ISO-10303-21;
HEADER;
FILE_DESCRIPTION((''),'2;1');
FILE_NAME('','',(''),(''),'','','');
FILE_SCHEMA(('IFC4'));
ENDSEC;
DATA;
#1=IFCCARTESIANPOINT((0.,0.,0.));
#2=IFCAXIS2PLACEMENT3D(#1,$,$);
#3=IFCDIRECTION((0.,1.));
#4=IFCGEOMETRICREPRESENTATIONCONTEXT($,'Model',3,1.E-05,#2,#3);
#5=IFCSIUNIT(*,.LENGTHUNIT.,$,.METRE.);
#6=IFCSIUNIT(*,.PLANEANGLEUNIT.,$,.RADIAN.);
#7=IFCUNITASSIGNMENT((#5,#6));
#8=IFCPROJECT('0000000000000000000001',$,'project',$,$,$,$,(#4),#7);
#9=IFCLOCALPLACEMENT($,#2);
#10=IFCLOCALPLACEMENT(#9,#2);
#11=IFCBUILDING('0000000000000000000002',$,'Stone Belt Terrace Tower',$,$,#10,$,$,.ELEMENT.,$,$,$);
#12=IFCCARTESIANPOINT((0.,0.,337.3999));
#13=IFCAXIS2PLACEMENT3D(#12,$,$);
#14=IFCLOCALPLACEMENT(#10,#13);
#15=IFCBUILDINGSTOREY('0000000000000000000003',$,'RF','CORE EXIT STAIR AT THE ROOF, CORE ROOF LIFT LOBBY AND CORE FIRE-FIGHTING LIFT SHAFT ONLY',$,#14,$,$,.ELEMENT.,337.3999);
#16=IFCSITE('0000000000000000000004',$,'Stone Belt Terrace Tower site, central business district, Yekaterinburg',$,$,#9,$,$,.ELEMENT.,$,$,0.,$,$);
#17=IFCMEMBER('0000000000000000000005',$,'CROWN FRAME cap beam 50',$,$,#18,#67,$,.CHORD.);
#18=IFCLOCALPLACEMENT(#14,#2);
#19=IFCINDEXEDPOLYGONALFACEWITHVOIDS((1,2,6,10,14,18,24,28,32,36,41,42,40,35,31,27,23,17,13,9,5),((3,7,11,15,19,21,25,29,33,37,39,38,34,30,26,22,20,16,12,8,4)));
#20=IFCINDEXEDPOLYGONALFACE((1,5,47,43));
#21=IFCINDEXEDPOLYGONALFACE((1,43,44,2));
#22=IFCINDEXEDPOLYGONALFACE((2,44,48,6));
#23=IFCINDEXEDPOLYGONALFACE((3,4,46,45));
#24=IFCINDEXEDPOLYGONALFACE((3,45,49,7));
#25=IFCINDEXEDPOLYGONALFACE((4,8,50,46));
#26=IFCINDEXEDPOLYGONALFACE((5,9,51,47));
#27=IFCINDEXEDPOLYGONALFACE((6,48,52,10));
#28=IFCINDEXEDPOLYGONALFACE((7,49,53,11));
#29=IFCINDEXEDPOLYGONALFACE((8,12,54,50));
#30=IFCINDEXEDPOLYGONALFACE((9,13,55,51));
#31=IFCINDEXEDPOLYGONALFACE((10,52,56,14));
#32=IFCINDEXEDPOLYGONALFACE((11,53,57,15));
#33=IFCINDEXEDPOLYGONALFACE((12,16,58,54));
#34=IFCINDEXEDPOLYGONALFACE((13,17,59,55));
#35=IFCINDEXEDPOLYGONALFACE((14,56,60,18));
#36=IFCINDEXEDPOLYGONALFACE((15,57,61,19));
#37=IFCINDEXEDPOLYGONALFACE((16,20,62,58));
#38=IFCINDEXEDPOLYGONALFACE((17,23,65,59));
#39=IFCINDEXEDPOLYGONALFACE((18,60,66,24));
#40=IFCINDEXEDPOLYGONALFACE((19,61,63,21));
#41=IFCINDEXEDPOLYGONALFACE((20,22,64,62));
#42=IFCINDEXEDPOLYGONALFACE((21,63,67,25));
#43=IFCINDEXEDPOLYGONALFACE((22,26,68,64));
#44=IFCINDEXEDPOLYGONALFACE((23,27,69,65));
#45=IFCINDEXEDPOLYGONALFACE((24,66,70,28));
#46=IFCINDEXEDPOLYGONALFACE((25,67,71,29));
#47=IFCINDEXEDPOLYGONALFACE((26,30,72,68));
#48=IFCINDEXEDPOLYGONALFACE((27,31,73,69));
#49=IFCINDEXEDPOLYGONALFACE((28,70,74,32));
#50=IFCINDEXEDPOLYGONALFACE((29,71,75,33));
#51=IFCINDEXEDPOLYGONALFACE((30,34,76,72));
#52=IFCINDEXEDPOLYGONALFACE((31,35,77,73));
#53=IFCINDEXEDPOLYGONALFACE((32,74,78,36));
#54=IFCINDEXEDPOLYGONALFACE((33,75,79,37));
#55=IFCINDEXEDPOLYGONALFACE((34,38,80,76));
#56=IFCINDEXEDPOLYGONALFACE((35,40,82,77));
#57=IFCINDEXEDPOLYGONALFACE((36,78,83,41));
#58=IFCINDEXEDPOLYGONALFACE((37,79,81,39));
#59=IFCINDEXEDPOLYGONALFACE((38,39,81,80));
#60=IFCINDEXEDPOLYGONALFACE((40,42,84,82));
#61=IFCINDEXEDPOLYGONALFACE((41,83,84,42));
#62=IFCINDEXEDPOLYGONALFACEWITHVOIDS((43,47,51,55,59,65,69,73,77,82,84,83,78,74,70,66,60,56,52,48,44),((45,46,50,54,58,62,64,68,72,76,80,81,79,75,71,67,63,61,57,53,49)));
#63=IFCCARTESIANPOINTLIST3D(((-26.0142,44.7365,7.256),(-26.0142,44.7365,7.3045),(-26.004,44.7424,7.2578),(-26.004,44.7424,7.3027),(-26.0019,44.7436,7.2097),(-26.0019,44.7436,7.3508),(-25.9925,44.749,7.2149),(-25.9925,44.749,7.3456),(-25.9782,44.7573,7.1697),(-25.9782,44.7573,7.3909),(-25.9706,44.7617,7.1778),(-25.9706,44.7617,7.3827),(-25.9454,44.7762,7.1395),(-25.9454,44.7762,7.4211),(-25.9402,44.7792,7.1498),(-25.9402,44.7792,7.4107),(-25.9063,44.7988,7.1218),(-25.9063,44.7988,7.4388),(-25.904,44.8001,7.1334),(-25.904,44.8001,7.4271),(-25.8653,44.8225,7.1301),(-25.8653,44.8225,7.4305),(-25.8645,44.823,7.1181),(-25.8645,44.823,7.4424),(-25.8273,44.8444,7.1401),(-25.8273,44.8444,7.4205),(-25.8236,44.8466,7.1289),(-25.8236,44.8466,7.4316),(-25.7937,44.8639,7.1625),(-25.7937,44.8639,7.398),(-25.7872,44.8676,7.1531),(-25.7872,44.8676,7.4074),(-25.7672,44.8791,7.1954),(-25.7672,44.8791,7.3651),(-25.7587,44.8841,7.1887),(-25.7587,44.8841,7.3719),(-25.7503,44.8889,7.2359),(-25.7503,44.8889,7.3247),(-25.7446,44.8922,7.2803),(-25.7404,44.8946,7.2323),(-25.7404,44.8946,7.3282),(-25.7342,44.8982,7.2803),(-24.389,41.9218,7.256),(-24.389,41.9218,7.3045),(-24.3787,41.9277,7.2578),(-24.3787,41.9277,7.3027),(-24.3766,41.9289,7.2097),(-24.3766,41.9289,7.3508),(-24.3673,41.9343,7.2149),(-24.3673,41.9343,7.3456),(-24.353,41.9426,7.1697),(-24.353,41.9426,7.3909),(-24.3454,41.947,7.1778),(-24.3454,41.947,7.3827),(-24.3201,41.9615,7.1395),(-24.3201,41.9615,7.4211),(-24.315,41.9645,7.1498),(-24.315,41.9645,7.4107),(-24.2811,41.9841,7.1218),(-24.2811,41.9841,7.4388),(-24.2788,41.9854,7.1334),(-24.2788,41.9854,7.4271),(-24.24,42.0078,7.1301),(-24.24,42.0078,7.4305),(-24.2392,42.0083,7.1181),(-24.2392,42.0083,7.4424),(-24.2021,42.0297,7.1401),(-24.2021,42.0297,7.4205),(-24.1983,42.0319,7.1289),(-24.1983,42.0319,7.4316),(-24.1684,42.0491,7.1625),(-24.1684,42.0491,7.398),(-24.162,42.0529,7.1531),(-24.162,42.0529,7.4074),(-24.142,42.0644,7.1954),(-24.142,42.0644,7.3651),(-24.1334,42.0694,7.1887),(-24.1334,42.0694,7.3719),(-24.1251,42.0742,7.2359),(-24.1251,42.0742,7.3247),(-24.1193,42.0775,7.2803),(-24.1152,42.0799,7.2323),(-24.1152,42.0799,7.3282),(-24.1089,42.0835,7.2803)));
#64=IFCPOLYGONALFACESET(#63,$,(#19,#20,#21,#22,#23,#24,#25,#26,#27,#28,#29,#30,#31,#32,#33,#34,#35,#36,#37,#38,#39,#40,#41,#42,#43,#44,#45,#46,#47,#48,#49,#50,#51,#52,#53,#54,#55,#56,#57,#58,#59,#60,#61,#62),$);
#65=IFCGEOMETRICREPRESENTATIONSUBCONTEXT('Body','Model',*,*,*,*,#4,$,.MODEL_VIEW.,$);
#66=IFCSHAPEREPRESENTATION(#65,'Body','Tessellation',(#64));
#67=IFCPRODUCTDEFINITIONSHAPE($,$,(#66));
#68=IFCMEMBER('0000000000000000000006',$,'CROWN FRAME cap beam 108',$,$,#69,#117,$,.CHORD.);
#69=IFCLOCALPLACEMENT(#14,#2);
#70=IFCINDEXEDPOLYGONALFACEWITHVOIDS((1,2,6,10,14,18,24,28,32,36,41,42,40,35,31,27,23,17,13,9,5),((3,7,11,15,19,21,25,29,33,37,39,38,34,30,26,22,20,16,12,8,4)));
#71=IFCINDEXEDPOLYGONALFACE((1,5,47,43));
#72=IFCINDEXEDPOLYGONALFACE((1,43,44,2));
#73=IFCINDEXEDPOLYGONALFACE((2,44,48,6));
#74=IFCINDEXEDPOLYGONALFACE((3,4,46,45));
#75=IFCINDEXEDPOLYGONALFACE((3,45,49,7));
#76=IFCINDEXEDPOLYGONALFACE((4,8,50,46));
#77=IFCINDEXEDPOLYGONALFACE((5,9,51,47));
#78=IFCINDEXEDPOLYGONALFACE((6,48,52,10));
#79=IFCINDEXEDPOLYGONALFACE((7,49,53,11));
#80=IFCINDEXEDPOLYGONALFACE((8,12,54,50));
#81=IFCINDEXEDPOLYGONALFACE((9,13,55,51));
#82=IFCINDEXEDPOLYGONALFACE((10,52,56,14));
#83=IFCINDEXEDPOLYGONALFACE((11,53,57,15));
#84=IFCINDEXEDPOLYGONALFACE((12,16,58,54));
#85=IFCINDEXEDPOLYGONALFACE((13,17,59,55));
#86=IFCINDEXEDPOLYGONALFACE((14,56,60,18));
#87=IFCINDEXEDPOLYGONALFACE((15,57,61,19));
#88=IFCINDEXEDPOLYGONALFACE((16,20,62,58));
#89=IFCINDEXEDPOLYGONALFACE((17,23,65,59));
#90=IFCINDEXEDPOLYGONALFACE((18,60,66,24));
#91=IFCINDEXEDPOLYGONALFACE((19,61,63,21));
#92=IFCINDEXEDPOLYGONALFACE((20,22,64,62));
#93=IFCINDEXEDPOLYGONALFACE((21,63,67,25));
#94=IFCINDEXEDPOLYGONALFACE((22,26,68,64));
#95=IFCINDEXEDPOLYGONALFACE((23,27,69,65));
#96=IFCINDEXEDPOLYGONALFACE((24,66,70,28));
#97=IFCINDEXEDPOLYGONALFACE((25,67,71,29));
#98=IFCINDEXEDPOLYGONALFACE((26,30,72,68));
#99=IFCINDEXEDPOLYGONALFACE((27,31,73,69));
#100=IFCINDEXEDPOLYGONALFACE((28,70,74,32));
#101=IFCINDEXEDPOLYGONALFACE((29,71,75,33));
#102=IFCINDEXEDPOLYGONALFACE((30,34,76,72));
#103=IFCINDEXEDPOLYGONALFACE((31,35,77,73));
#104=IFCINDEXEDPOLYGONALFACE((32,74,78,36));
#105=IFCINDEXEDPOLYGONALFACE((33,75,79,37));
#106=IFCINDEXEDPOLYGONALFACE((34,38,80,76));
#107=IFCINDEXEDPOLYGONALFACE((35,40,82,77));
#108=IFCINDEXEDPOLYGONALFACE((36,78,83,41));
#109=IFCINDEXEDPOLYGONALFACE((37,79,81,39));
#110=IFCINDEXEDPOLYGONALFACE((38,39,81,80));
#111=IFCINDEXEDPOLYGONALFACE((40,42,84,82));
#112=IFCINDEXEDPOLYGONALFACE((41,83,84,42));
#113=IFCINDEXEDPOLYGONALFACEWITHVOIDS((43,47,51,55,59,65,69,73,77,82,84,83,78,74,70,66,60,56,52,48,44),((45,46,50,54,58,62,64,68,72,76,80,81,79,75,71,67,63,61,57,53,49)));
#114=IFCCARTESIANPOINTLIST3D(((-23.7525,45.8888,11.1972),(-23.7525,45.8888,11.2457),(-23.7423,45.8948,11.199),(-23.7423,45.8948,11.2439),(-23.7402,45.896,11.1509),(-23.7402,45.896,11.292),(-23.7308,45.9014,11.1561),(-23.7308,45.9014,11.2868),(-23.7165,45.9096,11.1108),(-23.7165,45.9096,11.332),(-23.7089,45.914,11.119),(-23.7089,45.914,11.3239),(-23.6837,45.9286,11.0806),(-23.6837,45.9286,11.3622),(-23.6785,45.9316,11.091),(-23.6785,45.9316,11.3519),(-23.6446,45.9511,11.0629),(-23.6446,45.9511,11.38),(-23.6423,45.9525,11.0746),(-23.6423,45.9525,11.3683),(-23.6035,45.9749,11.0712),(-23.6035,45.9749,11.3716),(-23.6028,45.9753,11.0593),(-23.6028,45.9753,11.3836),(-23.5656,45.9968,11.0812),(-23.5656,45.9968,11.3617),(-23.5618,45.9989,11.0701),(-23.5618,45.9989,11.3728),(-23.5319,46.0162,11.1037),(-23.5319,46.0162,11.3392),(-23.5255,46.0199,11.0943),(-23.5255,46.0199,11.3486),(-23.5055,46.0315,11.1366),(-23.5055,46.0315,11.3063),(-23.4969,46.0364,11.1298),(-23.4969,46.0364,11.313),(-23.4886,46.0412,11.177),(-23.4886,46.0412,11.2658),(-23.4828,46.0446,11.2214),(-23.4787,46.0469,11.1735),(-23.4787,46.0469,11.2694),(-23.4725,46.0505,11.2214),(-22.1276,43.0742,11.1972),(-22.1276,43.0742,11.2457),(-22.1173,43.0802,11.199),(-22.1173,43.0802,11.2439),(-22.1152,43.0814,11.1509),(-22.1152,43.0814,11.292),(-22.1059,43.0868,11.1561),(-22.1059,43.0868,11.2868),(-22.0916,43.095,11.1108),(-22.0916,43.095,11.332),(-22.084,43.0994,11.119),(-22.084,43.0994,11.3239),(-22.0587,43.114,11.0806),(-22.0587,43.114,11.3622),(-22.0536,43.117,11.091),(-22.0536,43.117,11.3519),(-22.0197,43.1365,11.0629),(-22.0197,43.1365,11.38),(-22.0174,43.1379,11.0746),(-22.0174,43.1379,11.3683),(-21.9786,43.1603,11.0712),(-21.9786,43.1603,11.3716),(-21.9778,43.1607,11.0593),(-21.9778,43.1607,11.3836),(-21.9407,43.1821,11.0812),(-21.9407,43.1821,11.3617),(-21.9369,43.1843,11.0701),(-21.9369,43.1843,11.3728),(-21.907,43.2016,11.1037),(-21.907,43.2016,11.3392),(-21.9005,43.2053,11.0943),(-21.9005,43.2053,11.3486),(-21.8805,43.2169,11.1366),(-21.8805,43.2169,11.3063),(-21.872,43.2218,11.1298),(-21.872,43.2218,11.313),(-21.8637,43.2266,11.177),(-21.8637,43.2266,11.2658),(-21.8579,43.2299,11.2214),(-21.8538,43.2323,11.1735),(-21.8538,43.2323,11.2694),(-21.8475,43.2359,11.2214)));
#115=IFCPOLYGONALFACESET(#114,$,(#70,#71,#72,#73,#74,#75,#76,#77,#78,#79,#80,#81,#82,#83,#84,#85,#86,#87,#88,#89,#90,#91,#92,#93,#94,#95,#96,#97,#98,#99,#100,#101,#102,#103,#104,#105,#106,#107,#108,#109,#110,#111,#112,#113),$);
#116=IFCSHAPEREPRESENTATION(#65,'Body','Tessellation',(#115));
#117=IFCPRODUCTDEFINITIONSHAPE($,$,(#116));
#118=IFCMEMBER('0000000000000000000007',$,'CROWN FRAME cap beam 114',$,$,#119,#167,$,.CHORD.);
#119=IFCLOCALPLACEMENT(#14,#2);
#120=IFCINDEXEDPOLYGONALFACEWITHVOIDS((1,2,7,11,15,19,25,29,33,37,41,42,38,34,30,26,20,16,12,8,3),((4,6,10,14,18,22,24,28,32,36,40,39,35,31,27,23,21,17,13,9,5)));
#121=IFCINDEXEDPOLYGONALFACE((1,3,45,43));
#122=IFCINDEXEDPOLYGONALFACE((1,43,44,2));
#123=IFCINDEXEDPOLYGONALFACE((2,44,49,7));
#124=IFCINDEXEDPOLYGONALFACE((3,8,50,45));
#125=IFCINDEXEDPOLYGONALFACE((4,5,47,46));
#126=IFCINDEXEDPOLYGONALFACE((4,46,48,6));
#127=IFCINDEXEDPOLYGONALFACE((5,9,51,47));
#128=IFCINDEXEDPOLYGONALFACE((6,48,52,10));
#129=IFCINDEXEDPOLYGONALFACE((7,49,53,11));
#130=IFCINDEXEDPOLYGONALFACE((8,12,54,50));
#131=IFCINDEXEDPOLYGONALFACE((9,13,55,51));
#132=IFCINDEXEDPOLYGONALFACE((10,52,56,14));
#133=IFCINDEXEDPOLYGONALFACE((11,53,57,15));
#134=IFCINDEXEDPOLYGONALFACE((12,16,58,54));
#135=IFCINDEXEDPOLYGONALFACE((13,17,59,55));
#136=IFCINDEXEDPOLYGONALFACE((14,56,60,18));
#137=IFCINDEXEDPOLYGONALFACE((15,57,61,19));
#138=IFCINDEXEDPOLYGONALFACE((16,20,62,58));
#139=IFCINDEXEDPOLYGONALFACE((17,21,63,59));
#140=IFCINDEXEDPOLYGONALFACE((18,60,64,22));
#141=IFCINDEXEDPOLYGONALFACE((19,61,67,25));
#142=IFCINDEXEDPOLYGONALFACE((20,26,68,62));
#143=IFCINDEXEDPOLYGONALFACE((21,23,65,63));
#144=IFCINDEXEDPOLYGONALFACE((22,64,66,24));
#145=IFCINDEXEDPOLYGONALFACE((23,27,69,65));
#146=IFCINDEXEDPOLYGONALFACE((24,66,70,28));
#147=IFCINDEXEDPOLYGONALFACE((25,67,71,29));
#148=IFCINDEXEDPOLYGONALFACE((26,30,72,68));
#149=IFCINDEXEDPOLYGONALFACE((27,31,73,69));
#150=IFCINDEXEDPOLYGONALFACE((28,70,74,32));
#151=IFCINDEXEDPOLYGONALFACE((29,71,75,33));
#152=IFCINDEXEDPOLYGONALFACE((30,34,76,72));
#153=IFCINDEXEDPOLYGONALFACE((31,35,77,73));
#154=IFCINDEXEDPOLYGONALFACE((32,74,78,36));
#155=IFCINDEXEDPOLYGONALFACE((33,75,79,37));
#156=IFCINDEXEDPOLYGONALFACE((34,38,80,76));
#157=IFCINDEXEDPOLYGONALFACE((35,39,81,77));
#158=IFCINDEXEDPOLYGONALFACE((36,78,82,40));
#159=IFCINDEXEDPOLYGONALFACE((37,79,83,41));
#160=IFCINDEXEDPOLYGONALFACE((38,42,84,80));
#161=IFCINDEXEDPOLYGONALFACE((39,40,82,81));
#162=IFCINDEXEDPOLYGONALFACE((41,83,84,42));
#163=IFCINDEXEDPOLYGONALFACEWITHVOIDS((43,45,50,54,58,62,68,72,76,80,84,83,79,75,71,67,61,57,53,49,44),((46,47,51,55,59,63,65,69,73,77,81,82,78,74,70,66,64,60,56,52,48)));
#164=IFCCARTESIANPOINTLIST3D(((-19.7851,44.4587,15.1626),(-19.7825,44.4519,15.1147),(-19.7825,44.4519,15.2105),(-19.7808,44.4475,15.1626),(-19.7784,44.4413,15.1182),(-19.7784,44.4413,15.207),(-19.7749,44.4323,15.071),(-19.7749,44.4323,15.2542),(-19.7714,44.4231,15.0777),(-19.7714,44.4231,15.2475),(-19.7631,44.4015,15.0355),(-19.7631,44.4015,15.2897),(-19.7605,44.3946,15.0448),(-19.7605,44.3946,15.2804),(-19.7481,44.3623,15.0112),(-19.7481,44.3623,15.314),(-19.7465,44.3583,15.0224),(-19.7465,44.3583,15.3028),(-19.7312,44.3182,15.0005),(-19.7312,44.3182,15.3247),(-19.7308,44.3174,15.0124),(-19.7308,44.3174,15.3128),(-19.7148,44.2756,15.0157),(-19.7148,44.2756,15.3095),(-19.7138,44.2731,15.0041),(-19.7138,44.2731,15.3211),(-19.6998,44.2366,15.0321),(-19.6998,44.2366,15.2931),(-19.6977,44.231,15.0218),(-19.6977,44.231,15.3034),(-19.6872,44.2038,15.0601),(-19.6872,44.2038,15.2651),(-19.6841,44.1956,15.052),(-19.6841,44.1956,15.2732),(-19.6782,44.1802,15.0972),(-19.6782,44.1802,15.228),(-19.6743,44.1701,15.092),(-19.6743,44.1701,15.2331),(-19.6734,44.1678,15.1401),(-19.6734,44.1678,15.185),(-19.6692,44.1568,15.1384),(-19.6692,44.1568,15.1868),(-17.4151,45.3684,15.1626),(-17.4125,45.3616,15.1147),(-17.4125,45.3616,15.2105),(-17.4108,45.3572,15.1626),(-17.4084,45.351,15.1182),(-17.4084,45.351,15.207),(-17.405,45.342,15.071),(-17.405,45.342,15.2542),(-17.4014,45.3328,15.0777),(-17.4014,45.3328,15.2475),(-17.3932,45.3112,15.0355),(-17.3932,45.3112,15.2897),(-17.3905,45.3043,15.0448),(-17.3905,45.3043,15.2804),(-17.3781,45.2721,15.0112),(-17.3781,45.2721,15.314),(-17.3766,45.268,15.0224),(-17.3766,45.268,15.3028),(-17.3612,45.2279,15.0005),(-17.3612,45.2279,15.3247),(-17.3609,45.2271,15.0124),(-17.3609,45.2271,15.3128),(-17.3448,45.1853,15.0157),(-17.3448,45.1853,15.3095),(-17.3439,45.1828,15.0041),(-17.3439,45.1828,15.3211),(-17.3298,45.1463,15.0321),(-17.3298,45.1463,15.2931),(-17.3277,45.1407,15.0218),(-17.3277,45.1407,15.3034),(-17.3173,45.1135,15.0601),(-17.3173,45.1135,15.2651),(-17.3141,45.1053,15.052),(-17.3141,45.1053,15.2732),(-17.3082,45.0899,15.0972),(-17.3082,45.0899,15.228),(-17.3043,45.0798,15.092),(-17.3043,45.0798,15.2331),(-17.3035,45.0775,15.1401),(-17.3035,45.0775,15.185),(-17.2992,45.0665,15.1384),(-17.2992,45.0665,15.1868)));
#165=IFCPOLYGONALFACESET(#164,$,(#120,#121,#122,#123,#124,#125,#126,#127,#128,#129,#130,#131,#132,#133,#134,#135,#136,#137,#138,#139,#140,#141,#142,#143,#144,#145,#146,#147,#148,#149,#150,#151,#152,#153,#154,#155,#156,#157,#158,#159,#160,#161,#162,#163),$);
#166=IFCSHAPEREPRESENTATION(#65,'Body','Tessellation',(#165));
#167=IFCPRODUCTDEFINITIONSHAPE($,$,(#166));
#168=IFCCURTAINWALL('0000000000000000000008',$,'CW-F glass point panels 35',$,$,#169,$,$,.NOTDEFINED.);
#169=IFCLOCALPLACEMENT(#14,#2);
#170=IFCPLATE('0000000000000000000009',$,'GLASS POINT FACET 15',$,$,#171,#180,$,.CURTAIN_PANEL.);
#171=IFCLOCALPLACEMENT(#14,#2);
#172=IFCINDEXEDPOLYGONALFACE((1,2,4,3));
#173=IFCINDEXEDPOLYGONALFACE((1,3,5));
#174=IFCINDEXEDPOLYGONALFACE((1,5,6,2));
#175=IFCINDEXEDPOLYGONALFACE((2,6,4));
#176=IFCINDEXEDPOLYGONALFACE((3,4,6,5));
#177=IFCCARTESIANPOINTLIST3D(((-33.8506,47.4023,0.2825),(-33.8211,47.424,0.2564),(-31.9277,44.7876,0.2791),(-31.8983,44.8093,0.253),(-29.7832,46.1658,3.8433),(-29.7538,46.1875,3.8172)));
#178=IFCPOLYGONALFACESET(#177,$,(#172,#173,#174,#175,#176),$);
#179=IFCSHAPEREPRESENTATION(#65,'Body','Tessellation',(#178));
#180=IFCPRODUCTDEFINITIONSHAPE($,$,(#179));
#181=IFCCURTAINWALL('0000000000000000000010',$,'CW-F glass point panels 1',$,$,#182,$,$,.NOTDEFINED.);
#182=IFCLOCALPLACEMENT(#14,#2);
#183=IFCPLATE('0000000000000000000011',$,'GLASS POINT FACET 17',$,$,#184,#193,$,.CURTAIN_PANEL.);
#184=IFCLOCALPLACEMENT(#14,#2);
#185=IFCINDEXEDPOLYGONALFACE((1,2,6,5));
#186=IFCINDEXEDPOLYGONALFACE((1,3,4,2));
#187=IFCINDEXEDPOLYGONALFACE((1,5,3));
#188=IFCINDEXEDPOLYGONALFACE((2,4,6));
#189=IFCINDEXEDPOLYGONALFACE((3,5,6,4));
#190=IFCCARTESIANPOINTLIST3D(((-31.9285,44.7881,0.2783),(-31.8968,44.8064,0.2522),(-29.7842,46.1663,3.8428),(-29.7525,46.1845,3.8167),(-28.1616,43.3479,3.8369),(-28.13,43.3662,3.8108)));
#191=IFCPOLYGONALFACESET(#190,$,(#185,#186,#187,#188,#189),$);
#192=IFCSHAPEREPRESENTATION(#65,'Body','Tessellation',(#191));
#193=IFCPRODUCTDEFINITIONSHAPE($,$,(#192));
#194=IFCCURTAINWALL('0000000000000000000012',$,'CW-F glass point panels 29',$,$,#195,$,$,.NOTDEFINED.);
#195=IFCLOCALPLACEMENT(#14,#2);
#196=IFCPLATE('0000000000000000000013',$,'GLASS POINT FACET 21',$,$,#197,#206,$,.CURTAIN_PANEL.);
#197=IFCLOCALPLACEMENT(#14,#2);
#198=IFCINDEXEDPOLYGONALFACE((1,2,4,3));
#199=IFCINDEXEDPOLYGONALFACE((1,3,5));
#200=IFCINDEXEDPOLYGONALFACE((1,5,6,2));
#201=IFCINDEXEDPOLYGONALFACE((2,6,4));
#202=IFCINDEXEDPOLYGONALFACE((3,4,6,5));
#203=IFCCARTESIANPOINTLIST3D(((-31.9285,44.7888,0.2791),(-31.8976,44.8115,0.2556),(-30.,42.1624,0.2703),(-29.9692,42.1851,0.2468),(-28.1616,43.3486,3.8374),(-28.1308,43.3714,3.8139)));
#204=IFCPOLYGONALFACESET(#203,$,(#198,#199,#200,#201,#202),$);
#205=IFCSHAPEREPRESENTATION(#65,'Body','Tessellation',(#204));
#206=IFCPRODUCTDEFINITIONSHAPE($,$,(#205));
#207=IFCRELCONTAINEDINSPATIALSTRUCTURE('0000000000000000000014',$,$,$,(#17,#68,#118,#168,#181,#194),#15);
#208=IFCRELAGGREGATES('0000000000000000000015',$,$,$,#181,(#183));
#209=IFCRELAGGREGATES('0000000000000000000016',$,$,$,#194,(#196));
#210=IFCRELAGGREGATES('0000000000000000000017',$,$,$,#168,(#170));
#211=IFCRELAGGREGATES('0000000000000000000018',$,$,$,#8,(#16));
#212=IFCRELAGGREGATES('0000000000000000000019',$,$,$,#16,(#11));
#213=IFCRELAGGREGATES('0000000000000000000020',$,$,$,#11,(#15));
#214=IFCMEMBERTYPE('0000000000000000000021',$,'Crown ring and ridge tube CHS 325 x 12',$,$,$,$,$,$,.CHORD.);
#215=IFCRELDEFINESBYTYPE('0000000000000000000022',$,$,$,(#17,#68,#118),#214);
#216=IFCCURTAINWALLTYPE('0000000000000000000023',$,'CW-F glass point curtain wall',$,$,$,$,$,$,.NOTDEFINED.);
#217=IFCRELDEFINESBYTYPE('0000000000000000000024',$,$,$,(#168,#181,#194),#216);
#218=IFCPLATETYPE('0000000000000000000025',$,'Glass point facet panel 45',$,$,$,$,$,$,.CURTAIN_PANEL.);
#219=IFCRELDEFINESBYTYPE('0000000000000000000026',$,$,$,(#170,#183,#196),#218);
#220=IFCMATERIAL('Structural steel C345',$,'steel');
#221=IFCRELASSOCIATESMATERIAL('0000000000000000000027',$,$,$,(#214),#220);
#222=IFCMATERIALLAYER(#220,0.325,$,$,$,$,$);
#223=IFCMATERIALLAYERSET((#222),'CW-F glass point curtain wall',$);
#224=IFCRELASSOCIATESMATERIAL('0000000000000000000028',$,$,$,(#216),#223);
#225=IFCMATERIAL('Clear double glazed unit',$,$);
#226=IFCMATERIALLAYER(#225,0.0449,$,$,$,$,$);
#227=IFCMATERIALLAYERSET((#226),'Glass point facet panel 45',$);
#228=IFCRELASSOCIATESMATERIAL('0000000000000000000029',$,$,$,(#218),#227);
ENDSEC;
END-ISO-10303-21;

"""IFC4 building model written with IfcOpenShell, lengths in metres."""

from ifc_helpers import new_model, si_unit, direction, frame, origin, origin_2d, place, context, subcontext, project, spatial, polyline, hollow_circle, outline, extrude, material, layer, layer_set, material_profile, profile_set, type_object, element, aggregate, save


model = new_model("IFC4")

# Units and contexts
model_context = context("Model", 3, precision=1e-05, world=origin(), true_north=direction((0.0, 1.0)))
body_context = subcontext(model_context, "Body", "Model", "MODEL_VIEW")
ifc_project = project(units=[si_unit("LENGTHUNIT", "METRE"), si_unit("PLANEANGLEUNIT", "RADIAN")], contexts=[model_context])

# Site, building, storey
site_placement = place(None, origin())
site = spatial("IfcSite", under=ifc_project, at=site_placement, Name="Stone Belt Terrace Tower site, central business district, Yekaterinburg", CompositionType="ELEMENT", RefElevation=0.0)
building_placement = place(site_placement, origin())
building = spatial("IfcBuilding", under=site, at=building_placement, Name="Stone Belt Terrace Tower", CompositionType="ELEMENT")
storey_placement = place(building_placement, frame((0.0, 0.0, 337.3999)))
storey = spatial("IfcBuildingStorey", under=building, at=storey_placement, Name="RF", Description="CORE EXIT STAIR AT THE ROOF, CORE ROOF LIFT LOBBY AND CORE FIRE-FIGHTING LIFT SHAFT ONLY", CompositionType="ELEMENT", Elevation=337.3999)

# Members
ifc_material_1 = material(Name="Structural steel C345", Category="steel")
ifc_material_profile_1 = material_profile(ifc_material_1, hollow_circle(Radius=0.1626, WallThickness=0.012, at=origin_2d()), Name="Structural steel C345 CHS 325x12")
ifc_profile_set_1 = profile_set([ifc_material_profile_1], Name="Structural steel C345")
member_type_1 = type_object("IfcMemberType", Name="Crown ring and ridge tube CHS 325 x 12", PredefinedType="CHORD", material=ifc_profile_set_1)
member_1_placement = place(storey_placement, frame((-25.875, 44.8169, 7.2803), z_axis=(0.500041, -0.866002, 0.0), x_axis=(0.866002, 0.500041, 0.0)))
element("IfcMember", 1, at=member_1_placement, inside=storey, type_object=member_type_1, Name="CROWN FRAME cap beam 50", PredefinedType="CHORD", context=body_context, shape_type="SweptSolid", body=[
    extrude(hollow_circle(Radius=0.1626, WallThickness=0.012, at=origin_2d()), origin(), (0.0, 0.0, 1.0), 3.2502),
])
member_2_placement = place(storey_placement, frame((-23.6133, 45.9692, 11.2214), z_axis=(0.499985, -0.866034, 0.0), x_axis=(0.866034, 0.499985, 0.0)))
element("IfcMember", 2, at=member_2_placement, inside=storey, type_object=member_type_1, Name="CROWN FRAME cap beam 108", PredefinedType="CHORD", context=body_context, shape_type="SweptSolid", body=[
    extrude(hollow_circle(Radius=0.1626, WallThickness=0.012, at=origin_2d()), origin(), (0.0, 0.0, 1.0), 3.25),
])
member_3_placement = place(storey_placement, frame((-19.7268, 44.3069, 15.1626), z_axis=(0.933586, 0.358354, 0.0), x_axis=(-0.358354, 0.933586, 0.0)))
element("IfcMember", 3, at=member_3_placement, inside=storey, type_object=member_type_1, Name="CROWN FRAME cap beam 114", PredefinedType="CHORD", context=body_context, shape_type="SweptSolid", body=[
    extrude(hollow_circle(Radius=0.1626, WallThickness=0.012, at=origin_2d()), origin(), (0.0, 0.0, 1.0), 2.5386),
])

# Curtain walls, plates
ifc_layer_1 = layer(ifc_material_1, 0.325)
ifc_layer_set_1 = layer_set([ifc_layer_1], Name="CW-F glass point curtain wall")
curtain_wall_type = type_object("IfcCurtainWallType", Name="CW-F glass point curtain wall", PredefinedType="NOTDEFINED", material=ifc_layer_set_1)
curtain_wall_1_placement = place(storey_placement, origin())
curtain_wall_1 = element("IfcCurtainWall", 4, at=curtain_wall_1_placement, inside=storey, type_object=curtain_wall_type, Name="CW-F glass point panels 35", PredefinedType="NOTDEFINED")
ifc_material_2 = material(Name="Clear double glazed unit")
ifc_layer_2 = layer(ifc_material_2, 0.0449)
ifc_layer_set_2 = layer_set([ifc_layer_2], Name="Glass point facet panel 45")
plate_type = type_object("IfcPlateType", Name="Glass point facet panel 45", PredefinedType="CURTAIN_PANEL", material=ifc_layer_set_2)
plate_1_placement = place(storey_placement, frame((-31.9277, 44.7876, 0.2791), z_axis=(-0.655353, -0.482698, 0.580961), x_axis=(-0.592439, 0.805615, 0.001053)))
plate_1 = element("IfcPlate", 5, at=plate_1_placement, type_object=plate_type, Name="GLASS POINT FACET 15", PredefinedType="CURTAIN_PANEL", context=body_context, shape_type="SweptSolid", body=[
    extrude(outline(polyline([(0.0, 0.0), (3.2457, 0.0), (-0.1565, -4.3792), (0.0, 0.0)])), origin(), (0.0, 0.0, -1.0), 0.0449),
])
curtain_wall_2_placement = place(storey_placement, origin())
curtain_wall_2 = element("IfcCurtainWall", 6, at=curtain_wall_2_placement, inside=storey, type_object=curtain_wall_type, Name="CW-F glass point panels 1", PredefinedType="NOTDEFINED")
plate_2_placement = place(storey_placement, frame((-31.9285, 44.7881, 0.2783), z_axis=(-0.704685, -0.406903, 0.581248), x_axis=(0.48933, 0.314502, 0.813415)))
plate_2 = element("IfcPlate", 7, at=plate_2_placement, type_object=plate_type, Name="GLASS POINT FACET 17", PredefinedType="CURTAIN_PANEL", context=body_context, shape_type="SweptSolid", body=[
    extrude(outline(polyline([(0.0, 0.0), (4.3821, 0.0), (4.2849, -3.2506), (0.0, 0.0)])), origin(), (0.0, 0.0, -1.0), 0.0449),
])
aggregate(curtain_wall_2, [plate_2])
curtain_wall_3_placement = place(storey_placement, origin())
curtain_wall_3 = element("IfcCurtainWall", 8, at=curtain_wall_3_placement, inside=storey, type_object=curtain_wall_type, Name="CW-F glass point panels 29", PredefinedType="NOTDEFINED")
plate_3_placement = place(storey_placement, frame((-31.9285, 44.7888, 0.2791), z_axis=(-0.686633, -0.505903, 0.522109), x_axis=(0.700391, -0.267782, 0.661624)))
plate_3 = element("IfcPlate", 9, at=plate_3_placement, type_object=plate_type, Name="GLASS POINT FACET 21", PredefinedType="CURTAIN_PANEL", context=body_context, shape_type="SweptSolid", body=[
    extrude(outline(polyline([(0.0, 0.0), (5.3782, 0.0), (2.0482, -2.5342), (0.0, 0.0)])), origin(), (0.0, 0.0, -1.0), 0.0449),
])
aggregate(curtain_wall_3, [plate_3])

aggregate(curtain_wall_1, [plate_1])

save(model, "model.ifc")
